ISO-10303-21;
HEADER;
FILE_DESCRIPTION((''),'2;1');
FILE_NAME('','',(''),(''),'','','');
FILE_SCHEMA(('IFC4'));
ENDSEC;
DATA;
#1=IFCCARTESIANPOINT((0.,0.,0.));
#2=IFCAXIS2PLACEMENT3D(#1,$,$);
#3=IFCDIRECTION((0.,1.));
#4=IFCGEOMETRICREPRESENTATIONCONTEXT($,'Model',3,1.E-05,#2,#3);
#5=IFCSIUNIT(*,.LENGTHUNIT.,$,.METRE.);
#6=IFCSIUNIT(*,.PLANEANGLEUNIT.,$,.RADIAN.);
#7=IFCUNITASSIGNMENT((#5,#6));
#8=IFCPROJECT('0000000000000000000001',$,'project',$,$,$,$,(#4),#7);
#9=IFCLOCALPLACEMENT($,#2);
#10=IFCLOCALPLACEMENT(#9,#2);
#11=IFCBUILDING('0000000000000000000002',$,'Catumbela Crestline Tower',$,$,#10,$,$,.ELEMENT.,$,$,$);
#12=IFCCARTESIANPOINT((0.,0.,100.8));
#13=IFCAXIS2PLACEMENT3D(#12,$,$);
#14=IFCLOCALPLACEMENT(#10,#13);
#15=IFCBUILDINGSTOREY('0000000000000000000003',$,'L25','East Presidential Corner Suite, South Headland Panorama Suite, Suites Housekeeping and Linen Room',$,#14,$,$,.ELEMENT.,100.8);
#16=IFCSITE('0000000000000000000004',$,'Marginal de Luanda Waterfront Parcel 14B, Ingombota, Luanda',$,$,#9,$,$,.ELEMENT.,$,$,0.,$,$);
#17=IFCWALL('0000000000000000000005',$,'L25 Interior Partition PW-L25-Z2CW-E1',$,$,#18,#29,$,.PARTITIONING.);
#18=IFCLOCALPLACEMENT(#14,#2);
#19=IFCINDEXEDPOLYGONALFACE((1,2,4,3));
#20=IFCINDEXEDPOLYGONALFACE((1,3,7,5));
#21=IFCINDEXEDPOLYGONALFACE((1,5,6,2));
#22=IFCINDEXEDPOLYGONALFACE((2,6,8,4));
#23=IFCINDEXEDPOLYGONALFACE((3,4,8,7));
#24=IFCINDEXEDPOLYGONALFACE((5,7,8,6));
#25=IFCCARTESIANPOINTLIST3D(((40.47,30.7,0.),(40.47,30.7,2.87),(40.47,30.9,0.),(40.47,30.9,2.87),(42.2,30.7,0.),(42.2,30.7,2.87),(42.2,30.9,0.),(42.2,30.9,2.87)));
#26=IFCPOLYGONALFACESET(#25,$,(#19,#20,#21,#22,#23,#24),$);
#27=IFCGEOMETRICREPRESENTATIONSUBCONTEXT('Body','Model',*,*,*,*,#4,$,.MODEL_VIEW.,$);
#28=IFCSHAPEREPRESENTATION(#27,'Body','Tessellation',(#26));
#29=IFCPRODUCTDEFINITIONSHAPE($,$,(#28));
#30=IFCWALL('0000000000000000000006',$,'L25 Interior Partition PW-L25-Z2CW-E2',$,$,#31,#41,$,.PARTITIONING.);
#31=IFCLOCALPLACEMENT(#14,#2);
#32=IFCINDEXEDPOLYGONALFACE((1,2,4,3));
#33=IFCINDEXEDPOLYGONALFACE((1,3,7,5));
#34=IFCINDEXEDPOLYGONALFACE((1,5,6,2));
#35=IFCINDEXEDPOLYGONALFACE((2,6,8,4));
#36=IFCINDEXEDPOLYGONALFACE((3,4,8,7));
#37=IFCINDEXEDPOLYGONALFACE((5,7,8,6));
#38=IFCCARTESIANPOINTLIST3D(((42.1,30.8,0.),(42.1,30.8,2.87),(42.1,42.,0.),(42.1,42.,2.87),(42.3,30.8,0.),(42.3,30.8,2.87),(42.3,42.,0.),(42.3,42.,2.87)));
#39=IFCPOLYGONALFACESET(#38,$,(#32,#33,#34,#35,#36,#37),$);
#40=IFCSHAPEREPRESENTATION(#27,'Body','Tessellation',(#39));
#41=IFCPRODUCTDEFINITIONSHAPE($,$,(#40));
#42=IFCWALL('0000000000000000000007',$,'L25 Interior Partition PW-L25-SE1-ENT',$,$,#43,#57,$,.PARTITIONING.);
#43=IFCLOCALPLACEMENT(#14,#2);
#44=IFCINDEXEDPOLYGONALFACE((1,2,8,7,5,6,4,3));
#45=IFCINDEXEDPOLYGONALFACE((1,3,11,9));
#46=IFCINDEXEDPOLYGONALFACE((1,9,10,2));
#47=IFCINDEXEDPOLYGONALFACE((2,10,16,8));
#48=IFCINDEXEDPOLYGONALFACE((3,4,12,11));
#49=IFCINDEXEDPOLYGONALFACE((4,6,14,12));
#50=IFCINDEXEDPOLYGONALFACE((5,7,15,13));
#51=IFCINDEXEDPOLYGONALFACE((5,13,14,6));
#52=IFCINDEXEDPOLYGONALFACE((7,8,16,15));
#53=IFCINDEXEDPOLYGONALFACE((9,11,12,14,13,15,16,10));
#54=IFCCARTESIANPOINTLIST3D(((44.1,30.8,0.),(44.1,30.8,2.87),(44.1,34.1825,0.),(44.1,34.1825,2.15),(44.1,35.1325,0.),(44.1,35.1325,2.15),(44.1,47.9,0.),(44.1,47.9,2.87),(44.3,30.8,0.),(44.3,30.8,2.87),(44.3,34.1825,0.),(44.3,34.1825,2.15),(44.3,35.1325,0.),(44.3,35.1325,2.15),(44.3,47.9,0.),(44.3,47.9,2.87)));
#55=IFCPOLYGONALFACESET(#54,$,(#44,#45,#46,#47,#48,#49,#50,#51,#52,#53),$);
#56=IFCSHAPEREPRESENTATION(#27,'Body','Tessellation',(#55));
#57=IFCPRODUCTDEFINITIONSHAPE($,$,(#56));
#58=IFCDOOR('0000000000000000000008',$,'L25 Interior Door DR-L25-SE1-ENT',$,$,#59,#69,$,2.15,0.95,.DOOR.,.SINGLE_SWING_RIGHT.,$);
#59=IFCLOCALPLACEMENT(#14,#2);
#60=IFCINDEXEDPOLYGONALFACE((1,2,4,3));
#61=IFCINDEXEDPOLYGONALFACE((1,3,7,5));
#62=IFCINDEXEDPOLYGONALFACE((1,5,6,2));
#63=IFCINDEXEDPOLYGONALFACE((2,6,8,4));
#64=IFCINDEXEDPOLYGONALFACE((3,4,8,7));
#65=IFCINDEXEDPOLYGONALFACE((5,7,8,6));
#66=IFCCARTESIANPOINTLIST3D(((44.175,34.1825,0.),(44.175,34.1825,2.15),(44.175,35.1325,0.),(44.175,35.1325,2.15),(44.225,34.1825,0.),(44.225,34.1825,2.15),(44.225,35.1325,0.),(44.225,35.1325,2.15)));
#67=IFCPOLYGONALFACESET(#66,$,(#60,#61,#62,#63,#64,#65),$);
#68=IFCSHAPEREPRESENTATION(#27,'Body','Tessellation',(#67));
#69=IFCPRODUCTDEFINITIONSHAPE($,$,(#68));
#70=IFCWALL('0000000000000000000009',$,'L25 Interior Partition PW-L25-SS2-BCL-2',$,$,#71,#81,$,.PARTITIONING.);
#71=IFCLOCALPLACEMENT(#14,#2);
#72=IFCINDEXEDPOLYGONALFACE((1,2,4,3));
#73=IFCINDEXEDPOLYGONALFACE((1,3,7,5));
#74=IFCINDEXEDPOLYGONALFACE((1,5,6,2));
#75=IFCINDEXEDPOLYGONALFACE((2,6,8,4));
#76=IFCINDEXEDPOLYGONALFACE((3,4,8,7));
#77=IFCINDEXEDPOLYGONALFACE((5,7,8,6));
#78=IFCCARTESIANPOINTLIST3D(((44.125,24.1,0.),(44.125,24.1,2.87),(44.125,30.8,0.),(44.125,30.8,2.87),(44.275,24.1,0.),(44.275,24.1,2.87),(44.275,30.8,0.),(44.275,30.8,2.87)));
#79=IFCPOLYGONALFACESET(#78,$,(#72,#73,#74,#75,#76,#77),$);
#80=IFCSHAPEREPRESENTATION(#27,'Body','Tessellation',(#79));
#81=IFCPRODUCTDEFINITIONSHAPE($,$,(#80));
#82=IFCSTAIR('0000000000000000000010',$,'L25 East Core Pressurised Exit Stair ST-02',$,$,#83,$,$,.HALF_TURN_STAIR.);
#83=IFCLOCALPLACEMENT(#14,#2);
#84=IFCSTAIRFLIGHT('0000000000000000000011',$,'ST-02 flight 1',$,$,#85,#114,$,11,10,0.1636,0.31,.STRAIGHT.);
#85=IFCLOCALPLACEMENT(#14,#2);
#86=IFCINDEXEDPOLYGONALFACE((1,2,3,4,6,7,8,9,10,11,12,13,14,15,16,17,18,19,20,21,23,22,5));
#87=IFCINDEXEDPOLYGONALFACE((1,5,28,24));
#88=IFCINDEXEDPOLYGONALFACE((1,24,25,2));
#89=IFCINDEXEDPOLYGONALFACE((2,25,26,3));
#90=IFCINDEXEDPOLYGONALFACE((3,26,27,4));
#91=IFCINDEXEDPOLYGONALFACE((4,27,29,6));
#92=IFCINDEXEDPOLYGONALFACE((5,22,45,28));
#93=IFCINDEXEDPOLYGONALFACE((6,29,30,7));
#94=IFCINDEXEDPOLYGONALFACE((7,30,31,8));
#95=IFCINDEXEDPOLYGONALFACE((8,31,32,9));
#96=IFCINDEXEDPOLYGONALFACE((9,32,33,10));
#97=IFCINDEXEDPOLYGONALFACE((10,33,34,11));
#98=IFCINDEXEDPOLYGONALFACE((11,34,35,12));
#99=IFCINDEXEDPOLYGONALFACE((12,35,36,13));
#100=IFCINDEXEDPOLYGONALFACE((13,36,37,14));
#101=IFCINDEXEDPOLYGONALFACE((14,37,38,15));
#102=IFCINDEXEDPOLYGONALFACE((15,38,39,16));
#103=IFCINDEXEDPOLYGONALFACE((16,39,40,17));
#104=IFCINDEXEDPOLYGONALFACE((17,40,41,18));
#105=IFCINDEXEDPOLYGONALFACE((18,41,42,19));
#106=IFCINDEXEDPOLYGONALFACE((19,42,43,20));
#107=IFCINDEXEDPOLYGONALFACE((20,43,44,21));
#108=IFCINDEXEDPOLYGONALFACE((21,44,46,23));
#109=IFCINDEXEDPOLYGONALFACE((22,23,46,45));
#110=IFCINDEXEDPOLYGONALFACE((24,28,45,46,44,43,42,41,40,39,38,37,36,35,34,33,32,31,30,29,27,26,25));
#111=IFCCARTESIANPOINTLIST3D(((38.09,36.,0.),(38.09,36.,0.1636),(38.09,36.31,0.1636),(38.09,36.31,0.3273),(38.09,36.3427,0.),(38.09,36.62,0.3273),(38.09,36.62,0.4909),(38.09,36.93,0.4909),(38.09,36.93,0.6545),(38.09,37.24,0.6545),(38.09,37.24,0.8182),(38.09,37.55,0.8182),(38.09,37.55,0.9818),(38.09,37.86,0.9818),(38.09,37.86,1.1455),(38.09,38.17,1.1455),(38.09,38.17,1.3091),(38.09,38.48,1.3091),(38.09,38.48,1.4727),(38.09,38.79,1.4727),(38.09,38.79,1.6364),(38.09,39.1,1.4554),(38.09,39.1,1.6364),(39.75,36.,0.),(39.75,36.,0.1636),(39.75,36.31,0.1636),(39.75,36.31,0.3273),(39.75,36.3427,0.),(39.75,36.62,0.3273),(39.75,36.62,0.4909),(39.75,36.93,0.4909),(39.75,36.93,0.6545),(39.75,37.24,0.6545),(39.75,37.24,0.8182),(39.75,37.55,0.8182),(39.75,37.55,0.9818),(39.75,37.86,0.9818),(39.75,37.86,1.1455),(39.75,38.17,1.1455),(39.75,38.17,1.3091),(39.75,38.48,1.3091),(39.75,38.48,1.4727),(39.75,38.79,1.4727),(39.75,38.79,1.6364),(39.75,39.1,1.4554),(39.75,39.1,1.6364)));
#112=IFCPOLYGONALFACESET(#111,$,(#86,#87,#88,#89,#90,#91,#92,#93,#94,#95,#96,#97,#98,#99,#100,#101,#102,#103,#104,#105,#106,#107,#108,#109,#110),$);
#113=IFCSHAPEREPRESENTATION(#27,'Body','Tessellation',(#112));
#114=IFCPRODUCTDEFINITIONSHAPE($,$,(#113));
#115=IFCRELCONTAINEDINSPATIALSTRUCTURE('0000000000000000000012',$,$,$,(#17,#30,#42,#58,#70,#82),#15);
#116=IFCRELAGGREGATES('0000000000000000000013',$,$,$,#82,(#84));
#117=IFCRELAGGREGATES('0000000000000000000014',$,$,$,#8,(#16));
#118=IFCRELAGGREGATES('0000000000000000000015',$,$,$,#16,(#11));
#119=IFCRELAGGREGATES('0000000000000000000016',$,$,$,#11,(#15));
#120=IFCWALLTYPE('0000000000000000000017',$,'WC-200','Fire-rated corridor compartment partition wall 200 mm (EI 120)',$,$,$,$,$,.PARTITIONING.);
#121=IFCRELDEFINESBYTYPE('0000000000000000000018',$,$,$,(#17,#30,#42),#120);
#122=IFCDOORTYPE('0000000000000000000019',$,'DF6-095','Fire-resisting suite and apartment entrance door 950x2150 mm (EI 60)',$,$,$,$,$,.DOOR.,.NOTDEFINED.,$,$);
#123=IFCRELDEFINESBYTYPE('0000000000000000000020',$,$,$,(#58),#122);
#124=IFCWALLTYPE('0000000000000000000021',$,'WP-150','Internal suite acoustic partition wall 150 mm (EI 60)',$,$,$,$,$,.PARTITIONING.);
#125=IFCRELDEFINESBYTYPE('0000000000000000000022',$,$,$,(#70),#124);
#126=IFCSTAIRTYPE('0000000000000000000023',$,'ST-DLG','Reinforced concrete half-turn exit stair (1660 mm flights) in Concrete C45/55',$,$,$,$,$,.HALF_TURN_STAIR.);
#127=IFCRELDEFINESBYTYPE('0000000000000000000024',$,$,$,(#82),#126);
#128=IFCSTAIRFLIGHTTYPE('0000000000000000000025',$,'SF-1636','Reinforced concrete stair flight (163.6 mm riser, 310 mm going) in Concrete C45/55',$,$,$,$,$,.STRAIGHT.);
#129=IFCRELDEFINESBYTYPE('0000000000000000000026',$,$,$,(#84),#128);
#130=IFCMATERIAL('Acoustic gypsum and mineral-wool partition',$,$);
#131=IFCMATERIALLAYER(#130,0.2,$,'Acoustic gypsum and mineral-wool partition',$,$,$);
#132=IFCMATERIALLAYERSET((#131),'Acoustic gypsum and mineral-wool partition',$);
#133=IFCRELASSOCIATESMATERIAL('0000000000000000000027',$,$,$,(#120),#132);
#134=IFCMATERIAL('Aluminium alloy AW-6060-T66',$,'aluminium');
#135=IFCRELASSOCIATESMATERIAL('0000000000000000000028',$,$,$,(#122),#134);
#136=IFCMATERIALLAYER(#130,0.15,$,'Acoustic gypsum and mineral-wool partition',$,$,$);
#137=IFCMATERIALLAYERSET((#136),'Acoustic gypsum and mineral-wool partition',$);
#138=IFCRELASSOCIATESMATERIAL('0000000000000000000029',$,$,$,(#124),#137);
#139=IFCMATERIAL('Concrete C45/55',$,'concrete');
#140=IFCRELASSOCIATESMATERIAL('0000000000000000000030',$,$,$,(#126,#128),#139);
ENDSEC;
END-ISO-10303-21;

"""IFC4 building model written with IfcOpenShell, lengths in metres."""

from ifc_helpers import new_model, si_unit, direction, frame, frame_2d, origin, place, context, subcontext, project, spatial, polyline, rectangle, outline, extrude, material, layer, layer_set, type_object, element, fill, aggregate, save


model = new_model("IFC4")

# Units and contexts
model_context = context("Model", 3, precision=1e-05, world=origin(), true_north=direction((0.0, 1.0)))
body_context = subcontext(model_context, "Body", "Model", "MODEL_VIEW")
ifc_project = project(units=[si_unit("LENGTHUNIT", "METRE"), si_unit("PLANEANGLEUNIT", "RADIAN")], contexts=[model_context])

# Site, building, storey
site_placement = place(None, origin())
site = spatial("IfcSite", under=ifc_project, at=site_placement, Name="Marginal de Luanda Waterfront Parcel 14B, Ingombota, Luanda", CompositionType="ELEMENT", RefElevation=0.0)
building_placement = place(site_placement, origin())
building = spatial("IfcBuilding", under=site, at=building_placement, Name="Catumbela Crestline Tower", CompositionType="ELEMENT")
storey_placement = place(building_placement, frame((0.0, 0.0, 100.8)))
storey = spatial("IfcBuildingStorey", under=building, at=storey_placement, Name="L25", Description="East Presidential Corner Suite, South Headland Panorama Suite, Suites Housekeeping and Linen Room", CompositionType="ELEMENT", Elevation=100.8)

# Shared definitions
ifc_material_1 = material(Name="Aluminium alloy AW-6060-T66", Category="aluminium")

# Walls
ifc_material_2 = material(Name="Acoustic gypsum and mineral-wool partition")
ifc_layer_1 = layer(ifc_material_2, 0.2, Name="Acoustic gypsum and mineral-wool partition")
ifc_layer_set_1 = layer_set([ifc_layer_1], Name="Acoustic gypsum and mineral-wool partition")
wall_type_1 = type_object("IfcWallType", Name="WC-200", Description="Fire-rated corridor compartment partition wall 200 mm (EI 120)", PredefinedType="PARTITIONING", material=ifc_layer_set_1)
wall_1_placement = place(storey_placement, frame((40.47, 30.8, 0.0), z_axis=(0.0, 0.0, 1.0), x_axis=(1.0, 0.0, 0.0)))
element("IfcWall", 1, at=wall_1_placement, inside=storey, type_object=wall_type_1, Name="L25 Interior Partition PW-L25-Z2CW-E1", PredefinedType="PARTITIONING", context=body_context, shape_type="SweptSolid", body=[
    extrude(rectangle(XDim=1.73, YDim=0.2, at=frame_2d((0.865, 0.0))), origin(), (0.0, 0.0, 1.0), 2.87),
])
wall_2_placement = place(storey_placement, frame((42.2, 30.8, 0.0), z_axis=(0.0, 0.0, 1.0), x_axis=(0.0, 1.0, 0.0)))
element("IfcWall", 2, at=wall_2_placement, inside=storey, type_object=wall_type_1, Name="L25 Interior Partition PW-L25-Z2CW-E2", PredefinedType="PARTITIONING", context=body_context, shape_type="SweptSolid", body=[
    extrude(rectangle(XDim=11.2, YDim=0.2, at=frame_2d((5.6, 0.0))), origin(), (0.0, 0.0, 1.0), 2.87),
])

# Wall, opening, door
wall_3_placement = place(storey_placement, frame((44.2, 30.8, 0.0), z_axis=(0.0, 0.0, 1.0), x_axis=(0.0, 1.0, 0.0)))
wall_3 = element("IfcWall", 3, at=wall_3_placement, inside=storey, type_object=wall_type_1, Name="L25 Interior Partition PW-L25-SE1-ENT", PredefinedType="PARTITIONING", context=body_context, shape_type="SweptSolid", body=[
    extrude(rectangle(XDim=17.1, YDim=0.2, at=frame_2d((8.55, 0.0))), origin(), (0.0, 0.0, 1.0), 2.87),
])
opening_placement = place(wall_3_placement, frame((3.3825, 0.0, 0.0)))
opening = element("IfcOpeningElement", 4, at=opening_placement, cuts=wall_3, PredefinedType="OPENING", context=body_context, shape_type="SweptSolid", body=[
    extrude(rectangle(XDim=0.95, YDim=2.15, at=frame_2d((0.475, 1.075))), frame((0.0, 0.11, 0.0), z_axis=(0.0, -1.0, 0.0), x_axis=(1.0, 0.0, 0.0)), (0.0, 0.0, 1.0), 0.22),
])
door_type = type_object("IfcDoorType", Name="DF6-095", Description="Fire-resisting suite and apartment entrance door 950x2150 mm (EI 60)", OperationType="NOTDEFINED", PredefinedType="DOOR", material=ifc_material_1)
door_placement = place(opening_placement, origin())
door = element("IfcDoor", 5, at=door_placement, inside=storey, type_object=door_type, Name="L25 Interior Door DR-L25-SE1-ENT", OperationType="SINGLE_SWING_RIGHT", OverallHeight=2.15, OverallWidth=0.95, PredefinedType="DOOR", context=body_context, shape_type="SweptSolid", body=[
    extrude(rectangle(XDim=0.95, YDim=2.15, at=frame_2d((0.475, 1.075))), frame((0.0, 0.025, 0.0), z_axis=(0.0, -1.0, 0.0), x_axis=(1.0, 0.0, 0.0)), (0.0, 0.0, 1.0), 0.05),
])
fill(opening, door)

# Wall
ifc_layer_2 = layer(ifc_material_2, 0.15, Name="Acoustic gypsum and mineral-wool partition")
ifc_layer_set_2 = layer_set([ifc_layer_2], Name="Acoustic gypsum and mineral-wool partition")
wall_type_2 = type_object("IfcWallType", Name="WP-150", Description="Internal suite acoustic partition wall 150 mm (EI 60)", PredefinedType="PARTITIONING", material=ifc_layer_set_2)
wall_4_placement = place(storey_placement, frame((44.2, 30.8, 0.0), z_axis=(0.0, 0.0, 1.0), x_axis=(0.0, -1.0, 0.0)))
element("IfcWall", 6, at=wall_4_placement, inside=storey, type_object=wall_type_2, Name="L25 Interior Partition PW-L25-SS2-BCL-2", PredefinedType="PARTITIONING", context=body_context, shape_type="SweptSolid", body=[
    extrude(rectangle(XDim=6.7, YDim=0.15, at=frame_2d((3.35, 0.0))), origin(), (0.0, 0.0, 1.0), 2.87),
])

# Stair, stair flight
ifc_material_3 = material(Name="Concrete C45/55", Category="concrete")
stair_type = type_object("IfcStairType", Name="ST-DLG", Description="Reinforced concrete half-turn exit stair (1660 mm flights) in Concrete C45/55", PredefinedType="HALF_TURN_STAIR", material=ifc_material_3)
stair_placement = place(storey_placement, origin())
stair = element("IfcStair", 7, at=stair_placement, inside=storey, type_object=stair_type, Name="L25 East Core Pressurised Exit Stair ST-02", PredefinedType="HALF_TURN_STAIR")
stair_flight_type = type_object("IfcStairFlightType", Name="SF-1636", Description="Reinforced concrete stair flight (163.6 mm riser, 310 mm going) in Concrete C45/55", PredefinedType="STRAIGHT", material=ifc_material_3)
stair_flight_placement = place(storey_placement, frame((38.92, 36.0, 0.0), z_axis=(0.0, 0.0, 1.0), x_axis=(0.0, 1.0, 0.0)))
stair_flight = element("IfcStairFlight", 8, at=stair_flight_placement, type_object=stair_flight_type, Name="ST-02 flight 1", NumberOfRisers=11, NumberOfTreads=10, PredefinedType="STRAIGHT", RiserHeight=0.1636, TreadLength=0.31, context=body_context, shape_type="SweptSolid", body=[
    extrude(outline(polyline([(0.0, 0.0), (0.0, 0.1636), (0.31, 0.1636), (0.31, 0.3273), (0.62, 0.3273), (0.62, 0.4909), (0.93, 0.4909), (0.93, 0.6545), (1.24, 0.6545), (1.24, 0.8182), (1.55, 0.8182), (1.55, 0.9818), (1.86, 0.9818), (1.86, 1.1455), (2.17, 1.1455), (2.17, 1.3091), (2.48, 1.3091), (2.48, 1.4727), (2.79, 1.4727), (2.79, 1.6364), (3.1, 1.6364), (3.1, 1.8), (3.1, 1.4554), (0.3427, 0.0), (0.0, 0.0)])), frame((0.0, 0.83, 0.0), z_axis=(0.0, -1.0, 0.0), x_axis=(1.0, 0.0, 0.0)), (0.0, 0.0, 1.0), 1.66),
])
aggregate(stair, [stair_flight])

save(model, "model.ifc")
